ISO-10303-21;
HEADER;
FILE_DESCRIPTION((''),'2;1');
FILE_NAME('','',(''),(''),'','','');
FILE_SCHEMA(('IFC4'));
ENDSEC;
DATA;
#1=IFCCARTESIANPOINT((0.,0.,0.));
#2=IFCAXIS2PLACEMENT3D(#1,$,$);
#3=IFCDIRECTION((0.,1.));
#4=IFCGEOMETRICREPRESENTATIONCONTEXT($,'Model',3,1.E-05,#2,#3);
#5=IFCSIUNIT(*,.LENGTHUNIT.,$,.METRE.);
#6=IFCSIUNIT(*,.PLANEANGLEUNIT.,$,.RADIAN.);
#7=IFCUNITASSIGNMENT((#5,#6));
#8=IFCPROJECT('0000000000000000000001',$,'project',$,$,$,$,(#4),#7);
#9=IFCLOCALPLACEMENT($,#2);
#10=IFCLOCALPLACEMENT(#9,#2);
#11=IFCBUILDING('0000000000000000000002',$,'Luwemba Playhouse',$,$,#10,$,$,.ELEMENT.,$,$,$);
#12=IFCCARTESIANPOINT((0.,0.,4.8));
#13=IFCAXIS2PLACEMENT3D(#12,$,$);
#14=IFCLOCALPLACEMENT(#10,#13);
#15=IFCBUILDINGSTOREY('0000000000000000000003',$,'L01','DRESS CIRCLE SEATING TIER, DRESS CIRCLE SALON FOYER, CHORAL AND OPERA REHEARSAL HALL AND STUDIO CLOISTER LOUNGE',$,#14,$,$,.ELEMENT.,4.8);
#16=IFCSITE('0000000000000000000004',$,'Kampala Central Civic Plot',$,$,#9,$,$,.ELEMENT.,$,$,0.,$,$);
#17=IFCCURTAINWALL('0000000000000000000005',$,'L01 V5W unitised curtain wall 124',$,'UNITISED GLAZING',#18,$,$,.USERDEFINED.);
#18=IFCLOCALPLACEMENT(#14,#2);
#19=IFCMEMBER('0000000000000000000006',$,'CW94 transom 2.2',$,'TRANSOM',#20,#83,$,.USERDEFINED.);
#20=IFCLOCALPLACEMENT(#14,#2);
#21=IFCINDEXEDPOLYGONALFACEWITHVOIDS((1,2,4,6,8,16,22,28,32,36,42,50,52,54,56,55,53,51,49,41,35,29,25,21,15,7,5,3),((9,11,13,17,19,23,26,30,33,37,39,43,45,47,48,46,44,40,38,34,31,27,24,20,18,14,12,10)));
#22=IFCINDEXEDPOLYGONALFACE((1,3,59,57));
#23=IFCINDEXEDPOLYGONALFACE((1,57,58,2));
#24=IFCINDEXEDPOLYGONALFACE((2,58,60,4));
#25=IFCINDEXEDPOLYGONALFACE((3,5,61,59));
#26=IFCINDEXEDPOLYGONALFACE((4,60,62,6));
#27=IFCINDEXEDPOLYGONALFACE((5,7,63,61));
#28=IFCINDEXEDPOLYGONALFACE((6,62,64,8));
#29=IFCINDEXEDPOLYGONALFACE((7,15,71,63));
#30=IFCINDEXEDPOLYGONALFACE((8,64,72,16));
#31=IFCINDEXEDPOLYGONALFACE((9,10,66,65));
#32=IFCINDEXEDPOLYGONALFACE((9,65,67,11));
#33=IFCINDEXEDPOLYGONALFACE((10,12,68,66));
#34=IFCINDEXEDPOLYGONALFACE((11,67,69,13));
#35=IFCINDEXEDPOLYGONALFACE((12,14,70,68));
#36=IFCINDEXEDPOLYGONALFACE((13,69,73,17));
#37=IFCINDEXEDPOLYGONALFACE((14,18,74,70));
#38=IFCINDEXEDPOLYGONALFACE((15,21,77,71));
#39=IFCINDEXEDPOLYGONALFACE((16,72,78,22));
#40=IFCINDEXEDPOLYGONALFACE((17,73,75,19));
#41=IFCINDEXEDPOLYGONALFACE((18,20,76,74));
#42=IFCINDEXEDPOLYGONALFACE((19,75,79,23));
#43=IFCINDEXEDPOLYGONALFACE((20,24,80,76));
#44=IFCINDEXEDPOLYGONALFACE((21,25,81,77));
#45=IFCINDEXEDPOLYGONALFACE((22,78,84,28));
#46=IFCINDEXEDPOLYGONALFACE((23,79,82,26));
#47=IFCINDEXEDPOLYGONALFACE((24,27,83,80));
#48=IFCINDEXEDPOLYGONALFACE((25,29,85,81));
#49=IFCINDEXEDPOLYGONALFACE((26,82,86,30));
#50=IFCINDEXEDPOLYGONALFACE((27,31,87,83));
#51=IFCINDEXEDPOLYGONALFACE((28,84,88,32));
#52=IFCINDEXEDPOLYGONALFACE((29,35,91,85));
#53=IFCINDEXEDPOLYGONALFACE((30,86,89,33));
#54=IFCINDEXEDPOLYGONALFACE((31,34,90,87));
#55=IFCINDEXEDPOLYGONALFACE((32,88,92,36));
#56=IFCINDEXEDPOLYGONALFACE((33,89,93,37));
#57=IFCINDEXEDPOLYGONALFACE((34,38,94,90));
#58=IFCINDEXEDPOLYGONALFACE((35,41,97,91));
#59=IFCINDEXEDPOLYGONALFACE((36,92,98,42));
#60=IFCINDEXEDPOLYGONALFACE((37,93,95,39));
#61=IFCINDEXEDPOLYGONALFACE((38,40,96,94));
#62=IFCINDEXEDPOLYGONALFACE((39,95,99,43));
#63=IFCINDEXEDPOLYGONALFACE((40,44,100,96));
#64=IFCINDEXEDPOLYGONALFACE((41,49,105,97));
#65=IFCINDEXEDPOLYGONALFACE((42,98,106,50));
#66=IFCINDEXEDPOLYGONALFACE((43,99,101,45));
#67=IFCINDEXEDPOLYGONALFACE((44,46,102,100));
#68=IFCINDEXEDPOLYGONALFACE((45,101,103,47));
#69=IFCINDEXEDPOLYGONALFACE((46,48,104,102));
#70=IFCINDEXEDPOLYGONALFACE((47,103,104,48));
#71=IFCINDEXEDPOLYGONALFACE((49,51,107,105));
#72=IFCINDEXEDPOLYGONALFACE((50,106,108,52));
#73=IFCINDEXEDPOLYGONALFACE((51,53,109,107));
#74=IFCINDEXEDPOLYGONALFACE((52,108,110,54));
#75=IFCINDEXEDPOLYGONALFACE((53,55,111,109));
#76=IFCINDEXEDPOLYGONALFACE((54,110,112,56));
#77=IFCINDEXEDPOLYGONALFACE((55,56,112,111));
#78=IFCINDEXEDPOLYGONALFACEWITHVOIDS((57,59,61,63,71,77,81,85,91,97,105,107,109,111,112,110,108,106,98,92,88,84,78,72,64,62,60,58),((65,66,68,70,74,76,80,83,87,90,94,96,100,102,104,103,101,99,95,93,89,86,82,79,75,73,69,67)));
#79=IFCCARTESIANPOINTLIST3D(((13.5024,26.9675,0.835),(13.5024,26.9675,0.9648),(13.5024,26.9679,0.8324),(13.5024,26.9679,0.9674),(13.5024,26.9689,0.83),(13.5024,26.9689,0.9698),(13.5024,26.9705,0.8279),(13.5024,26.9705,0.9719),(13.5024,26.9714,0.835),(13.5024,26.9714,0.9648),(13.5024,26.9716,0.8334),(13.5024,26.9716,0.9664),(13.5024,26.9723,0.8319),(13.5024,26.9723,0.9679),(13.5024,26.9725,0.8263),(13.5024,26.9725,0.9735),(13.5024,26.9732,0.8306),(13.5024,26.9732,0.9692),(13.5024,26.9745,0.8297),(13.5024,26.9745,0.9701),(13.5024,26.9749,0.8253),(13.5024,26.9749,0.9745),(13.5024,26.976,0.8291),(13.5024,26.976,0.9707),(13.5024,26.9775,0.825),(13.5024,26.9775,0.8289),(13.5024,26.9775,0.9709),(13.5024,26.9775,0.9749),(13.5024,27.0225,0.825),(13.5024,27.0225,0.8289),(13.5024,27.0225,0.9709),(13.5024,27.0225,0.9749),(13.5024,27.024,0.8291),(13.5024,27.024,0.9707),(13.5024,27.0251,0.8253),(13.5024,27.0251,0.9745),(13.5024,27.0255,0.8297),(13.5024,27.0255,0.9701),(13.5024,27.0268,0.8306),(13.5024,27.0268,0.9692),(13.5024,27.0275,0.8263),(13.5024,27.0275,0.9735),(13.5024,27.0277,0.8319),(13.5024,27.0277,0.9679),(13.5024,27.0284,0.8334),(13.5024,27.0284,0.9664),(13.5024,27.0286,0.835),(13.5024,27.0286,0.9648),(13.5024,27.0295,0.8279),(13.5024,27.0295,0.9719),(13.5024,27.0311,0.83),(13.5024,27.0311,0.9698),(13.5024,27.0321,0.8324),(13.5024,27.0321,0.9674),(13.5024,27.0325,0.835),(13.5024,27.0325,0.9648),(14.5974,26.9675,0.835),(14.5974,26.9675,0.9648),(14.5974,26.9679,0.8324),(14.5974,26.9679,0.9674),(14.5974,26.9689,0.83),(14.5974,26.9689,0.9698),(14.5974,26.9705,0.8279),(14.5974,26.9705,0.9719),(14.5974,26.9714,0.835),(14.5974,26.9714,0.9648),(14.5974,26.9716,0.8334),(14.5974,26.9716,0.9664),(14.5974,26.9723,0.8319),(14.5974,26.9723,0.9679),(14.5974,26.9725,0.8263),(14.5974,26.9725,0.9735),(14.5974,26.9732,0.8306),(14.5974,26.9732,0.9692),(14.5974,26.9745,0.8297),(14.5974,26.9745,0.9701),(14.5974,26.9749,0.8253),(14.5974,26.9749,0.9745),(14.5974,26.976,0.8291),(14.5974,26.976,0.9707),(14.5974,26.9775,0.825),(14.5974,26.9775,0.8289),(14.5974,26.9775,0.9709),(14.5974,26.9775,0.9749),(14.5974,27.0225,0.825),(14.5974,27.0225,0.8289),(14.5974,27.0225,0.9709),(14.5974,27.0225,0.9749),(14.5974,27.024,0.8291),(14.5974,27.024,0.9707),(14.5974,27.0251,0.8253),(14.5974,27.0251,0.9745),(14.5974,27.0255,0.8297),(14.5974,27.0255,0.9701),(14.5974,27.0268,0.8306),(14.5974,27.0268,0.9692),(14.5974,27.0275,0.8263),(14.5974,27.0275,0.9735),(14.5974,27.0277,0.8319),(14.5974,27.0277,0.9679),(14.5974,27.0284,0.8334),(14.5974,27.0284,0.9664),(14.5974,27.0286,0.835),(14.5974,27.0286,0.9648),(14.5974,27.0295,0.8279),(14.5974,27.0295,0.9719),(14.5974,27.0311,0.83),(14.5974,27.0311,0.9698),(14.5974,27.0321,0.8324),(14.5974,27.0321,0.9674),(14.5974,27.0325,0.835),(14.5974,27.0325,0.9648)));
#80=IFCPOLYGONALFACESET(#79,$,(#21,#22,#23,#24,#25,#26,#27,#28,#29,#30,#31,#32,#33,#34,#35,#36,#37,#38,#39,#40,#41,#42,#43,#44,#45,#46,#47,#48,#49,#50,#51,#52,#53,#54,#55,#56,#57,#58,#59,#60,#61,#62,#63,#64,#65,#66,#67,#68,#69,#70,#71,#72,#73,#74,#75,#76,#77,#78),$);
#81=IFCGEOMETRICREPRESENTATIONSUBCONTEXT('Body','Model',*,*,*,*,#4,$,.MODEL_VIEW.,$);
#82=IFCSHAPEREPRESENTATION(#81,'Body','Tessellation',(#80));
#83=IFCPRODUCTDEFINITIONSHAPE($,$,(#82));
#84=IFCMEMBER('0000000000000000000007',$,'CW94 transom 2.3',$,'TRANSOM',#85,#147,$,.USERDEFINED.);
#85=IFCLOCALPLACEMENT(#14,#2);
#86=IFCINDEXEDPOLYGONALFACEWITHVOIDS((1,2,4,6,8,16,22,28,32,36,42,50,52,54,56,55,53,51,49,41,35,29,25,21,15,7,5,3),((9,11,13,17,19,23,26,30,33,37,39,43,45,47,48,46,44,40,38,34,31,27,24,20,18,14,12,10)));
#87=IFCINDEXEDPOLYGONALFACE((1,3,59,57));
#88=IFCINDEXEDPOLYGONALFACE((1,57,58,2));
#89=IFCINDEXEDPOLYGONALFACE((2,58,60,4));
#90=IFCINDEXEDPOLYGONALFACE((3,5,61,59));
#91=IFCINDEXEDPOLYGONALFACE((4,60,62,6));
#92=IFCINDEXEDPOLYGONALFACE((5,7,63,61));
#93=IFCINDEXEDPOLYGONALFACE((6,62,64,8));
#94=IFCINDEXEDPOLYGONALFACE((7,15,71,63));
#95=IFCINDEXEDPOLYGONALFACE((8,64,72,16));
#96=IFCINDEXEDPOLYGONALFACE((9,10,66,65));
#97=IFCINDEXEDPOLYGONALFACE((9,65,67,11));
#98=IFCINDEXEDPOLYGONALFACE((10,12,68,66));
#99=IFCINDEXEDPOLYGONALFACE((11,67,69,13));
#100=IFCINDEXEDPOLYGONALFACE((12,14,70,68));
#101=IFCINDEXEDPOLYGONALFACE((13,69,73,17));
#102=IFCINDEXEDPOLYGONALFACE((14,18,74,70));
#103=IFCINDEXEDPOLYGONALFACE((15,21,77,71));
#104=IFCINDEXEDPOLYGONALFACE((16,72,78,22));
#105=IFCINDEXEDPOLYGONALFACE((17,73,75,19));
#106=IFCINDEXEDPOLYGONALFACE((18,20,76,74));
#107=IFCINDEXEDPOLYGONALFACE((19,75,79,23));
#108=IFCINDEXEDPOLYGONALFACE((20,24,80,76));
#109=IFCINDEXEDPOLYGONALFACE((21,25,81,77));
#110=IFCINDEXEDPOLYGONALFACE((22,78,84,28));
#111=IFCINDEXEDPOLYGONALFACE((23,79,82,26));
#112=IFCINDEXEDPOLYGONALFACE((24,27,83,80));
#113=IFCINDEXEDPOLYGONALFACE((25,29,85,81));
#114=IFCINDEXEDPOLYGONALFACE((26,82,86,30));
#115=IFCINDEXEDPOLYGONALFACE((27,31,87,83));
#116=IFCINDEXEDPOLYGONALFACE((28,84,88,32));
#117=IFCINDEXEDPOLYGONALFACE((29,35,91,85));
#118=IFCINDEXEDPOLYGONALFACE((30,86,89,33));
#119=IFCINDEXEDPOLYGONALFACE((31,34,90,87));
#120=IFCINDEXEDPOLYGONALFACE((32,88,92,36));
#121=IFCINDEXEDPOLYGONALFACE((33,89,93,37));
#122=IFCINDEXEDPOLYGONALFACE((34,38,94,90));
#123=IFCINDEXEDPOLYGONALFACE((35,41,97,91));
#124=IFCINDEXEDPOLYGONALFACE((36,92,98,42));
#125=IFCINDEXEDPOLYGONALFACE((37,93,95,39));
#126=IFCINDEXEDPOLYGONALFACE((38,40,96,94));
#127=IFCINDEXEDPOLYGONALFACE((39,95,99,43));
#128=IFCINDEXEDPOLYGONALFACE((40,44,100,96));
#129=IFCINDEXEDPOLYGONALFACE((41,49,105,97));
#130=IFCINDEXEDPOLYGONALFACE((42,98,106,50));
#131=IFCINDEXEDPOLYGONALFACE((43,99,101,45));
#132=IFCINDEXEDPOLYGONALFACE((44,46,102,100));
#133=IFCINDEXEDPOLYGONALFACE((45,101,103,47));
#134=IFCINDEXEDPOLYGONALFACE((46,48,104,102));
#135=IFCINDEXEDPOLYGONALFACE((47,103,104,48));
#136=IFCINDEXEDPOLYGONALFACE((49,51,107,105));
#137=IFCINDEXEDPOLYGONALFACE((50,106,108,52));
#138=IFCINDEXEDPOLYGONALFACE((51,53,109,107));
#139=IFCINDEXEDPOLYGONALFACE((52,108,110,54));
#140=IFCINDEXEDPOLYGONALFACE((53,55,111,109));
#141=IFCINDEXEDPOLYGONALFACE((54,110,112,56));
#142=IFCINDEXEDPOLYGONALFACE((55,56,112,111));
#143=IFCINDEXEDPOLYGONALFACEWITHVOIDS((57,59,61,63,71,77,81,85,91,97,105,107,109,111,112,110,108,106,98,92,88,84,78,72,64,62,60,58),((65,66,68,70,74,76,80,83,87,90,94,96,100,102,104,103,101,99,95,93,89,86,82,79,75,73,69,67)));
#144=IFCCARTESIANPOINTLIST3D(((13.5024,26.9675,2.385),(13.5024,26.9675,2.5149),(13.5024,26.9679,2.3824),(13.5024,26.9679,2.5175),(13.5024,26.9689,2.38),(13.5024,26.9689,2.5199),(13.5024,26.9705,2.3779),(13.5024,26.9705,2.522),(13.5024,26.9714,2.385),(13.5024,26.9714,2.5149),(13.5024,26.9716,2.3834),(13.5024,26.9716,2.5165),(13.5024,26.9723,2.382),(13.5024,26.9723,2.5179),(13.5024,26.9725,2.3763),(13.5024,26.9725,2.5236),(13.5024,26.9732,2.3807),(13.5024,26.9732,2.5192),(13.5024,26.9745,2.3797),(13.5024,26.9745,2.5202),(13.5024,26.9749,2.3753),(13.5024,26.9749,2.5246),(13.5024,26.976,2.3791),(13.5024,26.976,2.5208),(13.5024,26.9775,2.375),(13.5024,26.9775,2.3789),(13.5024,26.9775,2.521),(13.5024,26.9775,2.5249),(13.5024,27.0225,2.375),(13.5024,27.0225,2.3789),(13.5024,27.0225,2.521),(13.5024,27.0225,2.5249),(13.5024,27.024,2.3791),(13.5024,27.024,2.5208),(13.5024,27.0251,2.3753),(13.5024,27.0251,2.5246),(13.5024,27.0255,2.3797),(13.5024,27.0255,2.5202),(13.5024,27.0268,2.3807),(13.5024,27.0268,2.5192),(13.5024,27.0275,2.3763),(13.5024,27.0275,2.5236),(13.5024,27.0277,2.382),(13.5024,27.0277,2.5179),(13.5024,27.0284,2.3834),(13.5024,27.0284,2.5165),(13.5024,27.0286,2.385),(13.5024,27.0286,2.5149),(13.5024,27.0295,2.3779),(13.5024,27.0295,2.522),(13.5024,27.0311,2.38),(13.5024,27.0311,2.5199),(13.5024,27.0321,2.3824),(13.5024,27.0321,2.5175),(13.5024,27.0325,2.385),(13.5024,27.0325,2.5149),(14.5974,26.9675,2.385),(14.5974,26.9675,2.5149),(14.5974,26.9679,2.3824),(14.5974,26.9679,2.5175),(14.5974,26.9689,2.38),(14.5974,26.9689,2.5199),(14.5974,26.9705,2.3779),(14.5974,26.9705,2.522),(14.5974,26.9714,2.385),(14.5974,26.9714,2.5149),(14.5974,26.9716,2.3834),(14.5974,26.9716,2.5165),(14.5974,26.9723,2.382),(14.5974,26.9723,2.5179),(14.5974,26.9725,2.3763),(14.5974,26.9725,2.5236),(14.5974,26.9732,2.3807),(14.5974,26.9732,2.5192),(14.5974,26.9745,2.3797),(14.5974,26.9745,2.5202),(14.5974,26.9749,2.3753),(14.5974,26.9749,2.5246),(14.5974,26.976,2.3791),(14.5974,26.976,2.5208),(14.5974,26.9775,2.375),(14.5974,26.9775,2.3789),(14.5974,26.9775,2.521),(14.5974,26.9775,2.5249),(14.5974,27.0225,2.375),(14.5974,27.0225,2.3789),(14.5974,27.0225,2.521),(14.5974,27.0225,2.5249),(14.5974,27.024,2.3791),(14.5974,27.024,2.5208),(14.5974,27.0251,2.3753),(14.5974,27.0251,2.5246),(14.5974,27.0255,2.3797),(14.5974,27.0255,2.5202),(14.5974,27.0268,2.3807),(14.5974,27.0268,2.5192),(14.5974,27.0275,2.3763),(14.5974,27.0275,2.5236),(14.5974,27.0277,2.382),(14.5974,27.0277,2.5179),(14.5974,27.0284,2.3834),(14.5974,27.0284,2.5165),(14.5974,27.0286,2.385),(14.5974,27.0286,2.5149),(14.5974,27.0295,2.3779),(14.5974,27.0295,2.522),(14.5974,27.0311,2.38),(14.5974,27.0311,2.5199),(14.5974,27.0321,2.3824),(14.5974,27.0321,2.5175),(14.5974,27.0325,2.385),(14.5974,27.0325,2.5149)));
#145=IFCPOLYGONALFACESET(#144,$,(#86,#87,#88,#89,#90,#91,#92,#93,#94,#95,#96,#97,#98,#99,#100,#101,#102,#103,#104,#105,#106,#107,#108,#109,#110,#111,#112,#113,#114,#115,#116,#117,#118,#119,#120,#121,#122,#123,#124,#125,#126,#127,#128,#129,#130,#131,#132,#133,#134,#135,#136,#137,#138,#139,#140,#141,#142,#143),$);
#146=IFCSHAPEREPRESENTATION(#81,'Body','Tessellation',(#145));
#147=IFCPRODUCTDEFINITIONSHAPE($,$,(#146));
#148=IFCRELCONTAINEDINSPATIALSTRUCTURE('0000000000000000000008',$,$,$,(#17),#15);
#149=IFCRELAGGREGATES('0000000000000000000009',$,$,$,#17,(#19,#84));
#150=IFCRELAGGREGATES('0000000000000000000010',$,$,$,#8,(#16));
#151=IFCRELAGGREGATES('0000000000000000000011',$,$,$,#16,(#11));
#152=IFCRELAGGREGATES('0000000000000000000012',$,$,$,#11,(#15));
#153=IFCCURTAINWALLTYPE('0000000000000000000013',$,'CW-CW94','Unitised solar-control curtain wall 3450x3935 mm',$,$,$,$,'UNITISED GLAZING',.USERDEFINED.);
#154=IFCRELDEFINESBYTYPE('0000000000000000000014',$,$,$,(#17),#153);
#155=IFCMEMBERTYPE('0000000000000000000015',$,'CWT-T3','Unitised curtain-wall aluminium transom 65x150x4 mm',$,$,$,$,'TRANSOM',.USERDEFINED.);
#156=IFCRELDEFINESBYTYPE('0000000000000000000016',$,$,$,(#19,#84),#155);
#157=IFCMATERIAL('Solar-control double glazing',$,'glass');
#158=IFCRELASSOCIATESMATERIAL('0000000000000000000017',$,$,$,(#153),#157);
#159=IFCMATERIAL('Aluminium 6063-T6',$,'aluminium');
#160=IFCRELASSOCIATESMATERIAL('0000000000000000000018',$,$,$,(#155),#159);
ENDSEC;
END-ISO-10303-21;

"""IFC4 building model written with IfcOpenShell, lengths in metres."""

from ifc_helpers import new_model, si_unit, direction, frame, origin, origin_2d, place, context, subcontext, project, spatial, hollow_rectangle, extrude, material, material_profile, profile_set, type_object, element, aggregate, save


model = new_model("IFC4")

# Units and contexts
model_context = context("Model", 3, precision=1e-05, world=origin(), true_north=direction((0.0, 1.0)))
body_context = subcontext(model_context, "Body", "Model", "MODEL_VIEW")
ifc_project = project(units=[si_unit("LENGTHUNIT", "METRE"), si_unit("PLANEANGLEUNIT", "RADIAN")], contexts=[model_context])

# Site, building, storey
site_placement = place(None, origin())
site = spatial("IfcSite", under=ifc_project, at=site_placement, Name="Kampala Central Civic Plot", CompositionType="ELEMENT", RefElevation=0.0)
building_placement = place(site_placement, origin())
building = spatial("IfcBuilding", under=site, at=building_placement, Name="Luwemba Playhouse", CompositionType="ELEMENT")
storey_placement = place(building_placement, frame((0.0, 0.0, 4.8)))
storey = spatial("IfcBuildingStorey", under=building, at=storey_placement, Name="L01", Description="DRESS CIRCLE SEATING TIER, DRESS CIRCLE SALON FOYER, CHORAL AND OPERA REHEARSAL HALL AND STUDIO CLOISTER LOUNGE", CompositionType="ELEMENT", Elevation=4.8)

# Shared definitions
ifc_material_1 = material(Name="Solar-control double glazing", Category="glass")
ifc_material_2 = material(Name="Aluminium 6063-T6", Category="aluminium")

# Curtain wall, members
curtain_wall_type_1 = type_object("IfcCurtainWallType", Name="CW-CW94", Description="Unitised solar-control curtain wall 3450x3935 mm", ElementType="UNITISED GLAZING", PredefinedType="USERDEFINED", material=ifc_material_1)
curtain_wall_1_placement = place(storey_placement, origin())
curtain_wall_1 = element("IfcCurtainWall", 1, at=curtain_wall_1_placement, inside=storey, type_object=curtain_wall_type_1, Name="L01 V5W unitised curtain wall 124", ObjectType="UNITISED GLAZING", PredefinedType="USERDEFINED")
ifc_material_profile_1 = material_profile(ifc_material_2, hollow_rectangle(XDim=0.0649, YDim=0.1499, WallThickness=0.0039, InnerFilletRadius=0.0061, OuterFilletRadius=0.01, at=origin_2d()))
ifc_profile_set_1 = profile_set([ifc_material_profile_1], Name="Aluminium 6063-T6")
member_type_1 = type_object("IfcMemberType", Name="CWT-T3", Description="Unitised curtain-wall aluminium transom 65x150x4 mm", ElementType="TRANSOM", PredefinedType="USERDEFINED", material=ifc_profile_set_1)
member_1_placement = place(storey_placement, frame((13.5024, 27.0, 0.8999), z_axis=(1.0, 0.0, 0.0), x_axis=(0.0, 1.0, 0.0)))
member_1 = element("IfcMember", 2, at=member_1_placement, type_object=member_type_1, Name="CW94 transom 2.2", ObjectType="TRANSOM", PredefinedType="USERDEFINED", context=body_context, shape_type="SweptSolid", body=[
    extrude(hollow_rectangle(XDim=0.0649, YDim=0.1499, WallThickness=0.0039, InnerFilletRadius=0.0061, OuterFilletRadius=0.01, at=origin_2d()), origin(), (0.0, 0.0, 1.0), 1.095),
])
member_2_placement = place(storey_placement, frame((13.5024, 27.0, 2.45), z_axis=(1.0, 0.0, 0.0), x_axis=(0.0, 1.0, 0.0)))
member_2 = element("IfcMember", 3, at=member_2_placement, type_object=member_type_1, Name="CW94 transom 2.3", ObjectType="TRANSOM", PredefinedType="USERDEFINED", context=body_context, shape_type="SweptSolid", body=[
    extrude(hollow_rectangle(XDim=0.0649, YDim=0.1499, WallThickness=0.0039, InnerFilletRadius=0.0061, OuterFilletRadius=0.01, at=origin_2d()), origin(), (0.0, 0.0, 1.0), 1.095),
])

aggregate(curtain_wall_1, [member_1, member_2])

save(model, "model.ifc")
